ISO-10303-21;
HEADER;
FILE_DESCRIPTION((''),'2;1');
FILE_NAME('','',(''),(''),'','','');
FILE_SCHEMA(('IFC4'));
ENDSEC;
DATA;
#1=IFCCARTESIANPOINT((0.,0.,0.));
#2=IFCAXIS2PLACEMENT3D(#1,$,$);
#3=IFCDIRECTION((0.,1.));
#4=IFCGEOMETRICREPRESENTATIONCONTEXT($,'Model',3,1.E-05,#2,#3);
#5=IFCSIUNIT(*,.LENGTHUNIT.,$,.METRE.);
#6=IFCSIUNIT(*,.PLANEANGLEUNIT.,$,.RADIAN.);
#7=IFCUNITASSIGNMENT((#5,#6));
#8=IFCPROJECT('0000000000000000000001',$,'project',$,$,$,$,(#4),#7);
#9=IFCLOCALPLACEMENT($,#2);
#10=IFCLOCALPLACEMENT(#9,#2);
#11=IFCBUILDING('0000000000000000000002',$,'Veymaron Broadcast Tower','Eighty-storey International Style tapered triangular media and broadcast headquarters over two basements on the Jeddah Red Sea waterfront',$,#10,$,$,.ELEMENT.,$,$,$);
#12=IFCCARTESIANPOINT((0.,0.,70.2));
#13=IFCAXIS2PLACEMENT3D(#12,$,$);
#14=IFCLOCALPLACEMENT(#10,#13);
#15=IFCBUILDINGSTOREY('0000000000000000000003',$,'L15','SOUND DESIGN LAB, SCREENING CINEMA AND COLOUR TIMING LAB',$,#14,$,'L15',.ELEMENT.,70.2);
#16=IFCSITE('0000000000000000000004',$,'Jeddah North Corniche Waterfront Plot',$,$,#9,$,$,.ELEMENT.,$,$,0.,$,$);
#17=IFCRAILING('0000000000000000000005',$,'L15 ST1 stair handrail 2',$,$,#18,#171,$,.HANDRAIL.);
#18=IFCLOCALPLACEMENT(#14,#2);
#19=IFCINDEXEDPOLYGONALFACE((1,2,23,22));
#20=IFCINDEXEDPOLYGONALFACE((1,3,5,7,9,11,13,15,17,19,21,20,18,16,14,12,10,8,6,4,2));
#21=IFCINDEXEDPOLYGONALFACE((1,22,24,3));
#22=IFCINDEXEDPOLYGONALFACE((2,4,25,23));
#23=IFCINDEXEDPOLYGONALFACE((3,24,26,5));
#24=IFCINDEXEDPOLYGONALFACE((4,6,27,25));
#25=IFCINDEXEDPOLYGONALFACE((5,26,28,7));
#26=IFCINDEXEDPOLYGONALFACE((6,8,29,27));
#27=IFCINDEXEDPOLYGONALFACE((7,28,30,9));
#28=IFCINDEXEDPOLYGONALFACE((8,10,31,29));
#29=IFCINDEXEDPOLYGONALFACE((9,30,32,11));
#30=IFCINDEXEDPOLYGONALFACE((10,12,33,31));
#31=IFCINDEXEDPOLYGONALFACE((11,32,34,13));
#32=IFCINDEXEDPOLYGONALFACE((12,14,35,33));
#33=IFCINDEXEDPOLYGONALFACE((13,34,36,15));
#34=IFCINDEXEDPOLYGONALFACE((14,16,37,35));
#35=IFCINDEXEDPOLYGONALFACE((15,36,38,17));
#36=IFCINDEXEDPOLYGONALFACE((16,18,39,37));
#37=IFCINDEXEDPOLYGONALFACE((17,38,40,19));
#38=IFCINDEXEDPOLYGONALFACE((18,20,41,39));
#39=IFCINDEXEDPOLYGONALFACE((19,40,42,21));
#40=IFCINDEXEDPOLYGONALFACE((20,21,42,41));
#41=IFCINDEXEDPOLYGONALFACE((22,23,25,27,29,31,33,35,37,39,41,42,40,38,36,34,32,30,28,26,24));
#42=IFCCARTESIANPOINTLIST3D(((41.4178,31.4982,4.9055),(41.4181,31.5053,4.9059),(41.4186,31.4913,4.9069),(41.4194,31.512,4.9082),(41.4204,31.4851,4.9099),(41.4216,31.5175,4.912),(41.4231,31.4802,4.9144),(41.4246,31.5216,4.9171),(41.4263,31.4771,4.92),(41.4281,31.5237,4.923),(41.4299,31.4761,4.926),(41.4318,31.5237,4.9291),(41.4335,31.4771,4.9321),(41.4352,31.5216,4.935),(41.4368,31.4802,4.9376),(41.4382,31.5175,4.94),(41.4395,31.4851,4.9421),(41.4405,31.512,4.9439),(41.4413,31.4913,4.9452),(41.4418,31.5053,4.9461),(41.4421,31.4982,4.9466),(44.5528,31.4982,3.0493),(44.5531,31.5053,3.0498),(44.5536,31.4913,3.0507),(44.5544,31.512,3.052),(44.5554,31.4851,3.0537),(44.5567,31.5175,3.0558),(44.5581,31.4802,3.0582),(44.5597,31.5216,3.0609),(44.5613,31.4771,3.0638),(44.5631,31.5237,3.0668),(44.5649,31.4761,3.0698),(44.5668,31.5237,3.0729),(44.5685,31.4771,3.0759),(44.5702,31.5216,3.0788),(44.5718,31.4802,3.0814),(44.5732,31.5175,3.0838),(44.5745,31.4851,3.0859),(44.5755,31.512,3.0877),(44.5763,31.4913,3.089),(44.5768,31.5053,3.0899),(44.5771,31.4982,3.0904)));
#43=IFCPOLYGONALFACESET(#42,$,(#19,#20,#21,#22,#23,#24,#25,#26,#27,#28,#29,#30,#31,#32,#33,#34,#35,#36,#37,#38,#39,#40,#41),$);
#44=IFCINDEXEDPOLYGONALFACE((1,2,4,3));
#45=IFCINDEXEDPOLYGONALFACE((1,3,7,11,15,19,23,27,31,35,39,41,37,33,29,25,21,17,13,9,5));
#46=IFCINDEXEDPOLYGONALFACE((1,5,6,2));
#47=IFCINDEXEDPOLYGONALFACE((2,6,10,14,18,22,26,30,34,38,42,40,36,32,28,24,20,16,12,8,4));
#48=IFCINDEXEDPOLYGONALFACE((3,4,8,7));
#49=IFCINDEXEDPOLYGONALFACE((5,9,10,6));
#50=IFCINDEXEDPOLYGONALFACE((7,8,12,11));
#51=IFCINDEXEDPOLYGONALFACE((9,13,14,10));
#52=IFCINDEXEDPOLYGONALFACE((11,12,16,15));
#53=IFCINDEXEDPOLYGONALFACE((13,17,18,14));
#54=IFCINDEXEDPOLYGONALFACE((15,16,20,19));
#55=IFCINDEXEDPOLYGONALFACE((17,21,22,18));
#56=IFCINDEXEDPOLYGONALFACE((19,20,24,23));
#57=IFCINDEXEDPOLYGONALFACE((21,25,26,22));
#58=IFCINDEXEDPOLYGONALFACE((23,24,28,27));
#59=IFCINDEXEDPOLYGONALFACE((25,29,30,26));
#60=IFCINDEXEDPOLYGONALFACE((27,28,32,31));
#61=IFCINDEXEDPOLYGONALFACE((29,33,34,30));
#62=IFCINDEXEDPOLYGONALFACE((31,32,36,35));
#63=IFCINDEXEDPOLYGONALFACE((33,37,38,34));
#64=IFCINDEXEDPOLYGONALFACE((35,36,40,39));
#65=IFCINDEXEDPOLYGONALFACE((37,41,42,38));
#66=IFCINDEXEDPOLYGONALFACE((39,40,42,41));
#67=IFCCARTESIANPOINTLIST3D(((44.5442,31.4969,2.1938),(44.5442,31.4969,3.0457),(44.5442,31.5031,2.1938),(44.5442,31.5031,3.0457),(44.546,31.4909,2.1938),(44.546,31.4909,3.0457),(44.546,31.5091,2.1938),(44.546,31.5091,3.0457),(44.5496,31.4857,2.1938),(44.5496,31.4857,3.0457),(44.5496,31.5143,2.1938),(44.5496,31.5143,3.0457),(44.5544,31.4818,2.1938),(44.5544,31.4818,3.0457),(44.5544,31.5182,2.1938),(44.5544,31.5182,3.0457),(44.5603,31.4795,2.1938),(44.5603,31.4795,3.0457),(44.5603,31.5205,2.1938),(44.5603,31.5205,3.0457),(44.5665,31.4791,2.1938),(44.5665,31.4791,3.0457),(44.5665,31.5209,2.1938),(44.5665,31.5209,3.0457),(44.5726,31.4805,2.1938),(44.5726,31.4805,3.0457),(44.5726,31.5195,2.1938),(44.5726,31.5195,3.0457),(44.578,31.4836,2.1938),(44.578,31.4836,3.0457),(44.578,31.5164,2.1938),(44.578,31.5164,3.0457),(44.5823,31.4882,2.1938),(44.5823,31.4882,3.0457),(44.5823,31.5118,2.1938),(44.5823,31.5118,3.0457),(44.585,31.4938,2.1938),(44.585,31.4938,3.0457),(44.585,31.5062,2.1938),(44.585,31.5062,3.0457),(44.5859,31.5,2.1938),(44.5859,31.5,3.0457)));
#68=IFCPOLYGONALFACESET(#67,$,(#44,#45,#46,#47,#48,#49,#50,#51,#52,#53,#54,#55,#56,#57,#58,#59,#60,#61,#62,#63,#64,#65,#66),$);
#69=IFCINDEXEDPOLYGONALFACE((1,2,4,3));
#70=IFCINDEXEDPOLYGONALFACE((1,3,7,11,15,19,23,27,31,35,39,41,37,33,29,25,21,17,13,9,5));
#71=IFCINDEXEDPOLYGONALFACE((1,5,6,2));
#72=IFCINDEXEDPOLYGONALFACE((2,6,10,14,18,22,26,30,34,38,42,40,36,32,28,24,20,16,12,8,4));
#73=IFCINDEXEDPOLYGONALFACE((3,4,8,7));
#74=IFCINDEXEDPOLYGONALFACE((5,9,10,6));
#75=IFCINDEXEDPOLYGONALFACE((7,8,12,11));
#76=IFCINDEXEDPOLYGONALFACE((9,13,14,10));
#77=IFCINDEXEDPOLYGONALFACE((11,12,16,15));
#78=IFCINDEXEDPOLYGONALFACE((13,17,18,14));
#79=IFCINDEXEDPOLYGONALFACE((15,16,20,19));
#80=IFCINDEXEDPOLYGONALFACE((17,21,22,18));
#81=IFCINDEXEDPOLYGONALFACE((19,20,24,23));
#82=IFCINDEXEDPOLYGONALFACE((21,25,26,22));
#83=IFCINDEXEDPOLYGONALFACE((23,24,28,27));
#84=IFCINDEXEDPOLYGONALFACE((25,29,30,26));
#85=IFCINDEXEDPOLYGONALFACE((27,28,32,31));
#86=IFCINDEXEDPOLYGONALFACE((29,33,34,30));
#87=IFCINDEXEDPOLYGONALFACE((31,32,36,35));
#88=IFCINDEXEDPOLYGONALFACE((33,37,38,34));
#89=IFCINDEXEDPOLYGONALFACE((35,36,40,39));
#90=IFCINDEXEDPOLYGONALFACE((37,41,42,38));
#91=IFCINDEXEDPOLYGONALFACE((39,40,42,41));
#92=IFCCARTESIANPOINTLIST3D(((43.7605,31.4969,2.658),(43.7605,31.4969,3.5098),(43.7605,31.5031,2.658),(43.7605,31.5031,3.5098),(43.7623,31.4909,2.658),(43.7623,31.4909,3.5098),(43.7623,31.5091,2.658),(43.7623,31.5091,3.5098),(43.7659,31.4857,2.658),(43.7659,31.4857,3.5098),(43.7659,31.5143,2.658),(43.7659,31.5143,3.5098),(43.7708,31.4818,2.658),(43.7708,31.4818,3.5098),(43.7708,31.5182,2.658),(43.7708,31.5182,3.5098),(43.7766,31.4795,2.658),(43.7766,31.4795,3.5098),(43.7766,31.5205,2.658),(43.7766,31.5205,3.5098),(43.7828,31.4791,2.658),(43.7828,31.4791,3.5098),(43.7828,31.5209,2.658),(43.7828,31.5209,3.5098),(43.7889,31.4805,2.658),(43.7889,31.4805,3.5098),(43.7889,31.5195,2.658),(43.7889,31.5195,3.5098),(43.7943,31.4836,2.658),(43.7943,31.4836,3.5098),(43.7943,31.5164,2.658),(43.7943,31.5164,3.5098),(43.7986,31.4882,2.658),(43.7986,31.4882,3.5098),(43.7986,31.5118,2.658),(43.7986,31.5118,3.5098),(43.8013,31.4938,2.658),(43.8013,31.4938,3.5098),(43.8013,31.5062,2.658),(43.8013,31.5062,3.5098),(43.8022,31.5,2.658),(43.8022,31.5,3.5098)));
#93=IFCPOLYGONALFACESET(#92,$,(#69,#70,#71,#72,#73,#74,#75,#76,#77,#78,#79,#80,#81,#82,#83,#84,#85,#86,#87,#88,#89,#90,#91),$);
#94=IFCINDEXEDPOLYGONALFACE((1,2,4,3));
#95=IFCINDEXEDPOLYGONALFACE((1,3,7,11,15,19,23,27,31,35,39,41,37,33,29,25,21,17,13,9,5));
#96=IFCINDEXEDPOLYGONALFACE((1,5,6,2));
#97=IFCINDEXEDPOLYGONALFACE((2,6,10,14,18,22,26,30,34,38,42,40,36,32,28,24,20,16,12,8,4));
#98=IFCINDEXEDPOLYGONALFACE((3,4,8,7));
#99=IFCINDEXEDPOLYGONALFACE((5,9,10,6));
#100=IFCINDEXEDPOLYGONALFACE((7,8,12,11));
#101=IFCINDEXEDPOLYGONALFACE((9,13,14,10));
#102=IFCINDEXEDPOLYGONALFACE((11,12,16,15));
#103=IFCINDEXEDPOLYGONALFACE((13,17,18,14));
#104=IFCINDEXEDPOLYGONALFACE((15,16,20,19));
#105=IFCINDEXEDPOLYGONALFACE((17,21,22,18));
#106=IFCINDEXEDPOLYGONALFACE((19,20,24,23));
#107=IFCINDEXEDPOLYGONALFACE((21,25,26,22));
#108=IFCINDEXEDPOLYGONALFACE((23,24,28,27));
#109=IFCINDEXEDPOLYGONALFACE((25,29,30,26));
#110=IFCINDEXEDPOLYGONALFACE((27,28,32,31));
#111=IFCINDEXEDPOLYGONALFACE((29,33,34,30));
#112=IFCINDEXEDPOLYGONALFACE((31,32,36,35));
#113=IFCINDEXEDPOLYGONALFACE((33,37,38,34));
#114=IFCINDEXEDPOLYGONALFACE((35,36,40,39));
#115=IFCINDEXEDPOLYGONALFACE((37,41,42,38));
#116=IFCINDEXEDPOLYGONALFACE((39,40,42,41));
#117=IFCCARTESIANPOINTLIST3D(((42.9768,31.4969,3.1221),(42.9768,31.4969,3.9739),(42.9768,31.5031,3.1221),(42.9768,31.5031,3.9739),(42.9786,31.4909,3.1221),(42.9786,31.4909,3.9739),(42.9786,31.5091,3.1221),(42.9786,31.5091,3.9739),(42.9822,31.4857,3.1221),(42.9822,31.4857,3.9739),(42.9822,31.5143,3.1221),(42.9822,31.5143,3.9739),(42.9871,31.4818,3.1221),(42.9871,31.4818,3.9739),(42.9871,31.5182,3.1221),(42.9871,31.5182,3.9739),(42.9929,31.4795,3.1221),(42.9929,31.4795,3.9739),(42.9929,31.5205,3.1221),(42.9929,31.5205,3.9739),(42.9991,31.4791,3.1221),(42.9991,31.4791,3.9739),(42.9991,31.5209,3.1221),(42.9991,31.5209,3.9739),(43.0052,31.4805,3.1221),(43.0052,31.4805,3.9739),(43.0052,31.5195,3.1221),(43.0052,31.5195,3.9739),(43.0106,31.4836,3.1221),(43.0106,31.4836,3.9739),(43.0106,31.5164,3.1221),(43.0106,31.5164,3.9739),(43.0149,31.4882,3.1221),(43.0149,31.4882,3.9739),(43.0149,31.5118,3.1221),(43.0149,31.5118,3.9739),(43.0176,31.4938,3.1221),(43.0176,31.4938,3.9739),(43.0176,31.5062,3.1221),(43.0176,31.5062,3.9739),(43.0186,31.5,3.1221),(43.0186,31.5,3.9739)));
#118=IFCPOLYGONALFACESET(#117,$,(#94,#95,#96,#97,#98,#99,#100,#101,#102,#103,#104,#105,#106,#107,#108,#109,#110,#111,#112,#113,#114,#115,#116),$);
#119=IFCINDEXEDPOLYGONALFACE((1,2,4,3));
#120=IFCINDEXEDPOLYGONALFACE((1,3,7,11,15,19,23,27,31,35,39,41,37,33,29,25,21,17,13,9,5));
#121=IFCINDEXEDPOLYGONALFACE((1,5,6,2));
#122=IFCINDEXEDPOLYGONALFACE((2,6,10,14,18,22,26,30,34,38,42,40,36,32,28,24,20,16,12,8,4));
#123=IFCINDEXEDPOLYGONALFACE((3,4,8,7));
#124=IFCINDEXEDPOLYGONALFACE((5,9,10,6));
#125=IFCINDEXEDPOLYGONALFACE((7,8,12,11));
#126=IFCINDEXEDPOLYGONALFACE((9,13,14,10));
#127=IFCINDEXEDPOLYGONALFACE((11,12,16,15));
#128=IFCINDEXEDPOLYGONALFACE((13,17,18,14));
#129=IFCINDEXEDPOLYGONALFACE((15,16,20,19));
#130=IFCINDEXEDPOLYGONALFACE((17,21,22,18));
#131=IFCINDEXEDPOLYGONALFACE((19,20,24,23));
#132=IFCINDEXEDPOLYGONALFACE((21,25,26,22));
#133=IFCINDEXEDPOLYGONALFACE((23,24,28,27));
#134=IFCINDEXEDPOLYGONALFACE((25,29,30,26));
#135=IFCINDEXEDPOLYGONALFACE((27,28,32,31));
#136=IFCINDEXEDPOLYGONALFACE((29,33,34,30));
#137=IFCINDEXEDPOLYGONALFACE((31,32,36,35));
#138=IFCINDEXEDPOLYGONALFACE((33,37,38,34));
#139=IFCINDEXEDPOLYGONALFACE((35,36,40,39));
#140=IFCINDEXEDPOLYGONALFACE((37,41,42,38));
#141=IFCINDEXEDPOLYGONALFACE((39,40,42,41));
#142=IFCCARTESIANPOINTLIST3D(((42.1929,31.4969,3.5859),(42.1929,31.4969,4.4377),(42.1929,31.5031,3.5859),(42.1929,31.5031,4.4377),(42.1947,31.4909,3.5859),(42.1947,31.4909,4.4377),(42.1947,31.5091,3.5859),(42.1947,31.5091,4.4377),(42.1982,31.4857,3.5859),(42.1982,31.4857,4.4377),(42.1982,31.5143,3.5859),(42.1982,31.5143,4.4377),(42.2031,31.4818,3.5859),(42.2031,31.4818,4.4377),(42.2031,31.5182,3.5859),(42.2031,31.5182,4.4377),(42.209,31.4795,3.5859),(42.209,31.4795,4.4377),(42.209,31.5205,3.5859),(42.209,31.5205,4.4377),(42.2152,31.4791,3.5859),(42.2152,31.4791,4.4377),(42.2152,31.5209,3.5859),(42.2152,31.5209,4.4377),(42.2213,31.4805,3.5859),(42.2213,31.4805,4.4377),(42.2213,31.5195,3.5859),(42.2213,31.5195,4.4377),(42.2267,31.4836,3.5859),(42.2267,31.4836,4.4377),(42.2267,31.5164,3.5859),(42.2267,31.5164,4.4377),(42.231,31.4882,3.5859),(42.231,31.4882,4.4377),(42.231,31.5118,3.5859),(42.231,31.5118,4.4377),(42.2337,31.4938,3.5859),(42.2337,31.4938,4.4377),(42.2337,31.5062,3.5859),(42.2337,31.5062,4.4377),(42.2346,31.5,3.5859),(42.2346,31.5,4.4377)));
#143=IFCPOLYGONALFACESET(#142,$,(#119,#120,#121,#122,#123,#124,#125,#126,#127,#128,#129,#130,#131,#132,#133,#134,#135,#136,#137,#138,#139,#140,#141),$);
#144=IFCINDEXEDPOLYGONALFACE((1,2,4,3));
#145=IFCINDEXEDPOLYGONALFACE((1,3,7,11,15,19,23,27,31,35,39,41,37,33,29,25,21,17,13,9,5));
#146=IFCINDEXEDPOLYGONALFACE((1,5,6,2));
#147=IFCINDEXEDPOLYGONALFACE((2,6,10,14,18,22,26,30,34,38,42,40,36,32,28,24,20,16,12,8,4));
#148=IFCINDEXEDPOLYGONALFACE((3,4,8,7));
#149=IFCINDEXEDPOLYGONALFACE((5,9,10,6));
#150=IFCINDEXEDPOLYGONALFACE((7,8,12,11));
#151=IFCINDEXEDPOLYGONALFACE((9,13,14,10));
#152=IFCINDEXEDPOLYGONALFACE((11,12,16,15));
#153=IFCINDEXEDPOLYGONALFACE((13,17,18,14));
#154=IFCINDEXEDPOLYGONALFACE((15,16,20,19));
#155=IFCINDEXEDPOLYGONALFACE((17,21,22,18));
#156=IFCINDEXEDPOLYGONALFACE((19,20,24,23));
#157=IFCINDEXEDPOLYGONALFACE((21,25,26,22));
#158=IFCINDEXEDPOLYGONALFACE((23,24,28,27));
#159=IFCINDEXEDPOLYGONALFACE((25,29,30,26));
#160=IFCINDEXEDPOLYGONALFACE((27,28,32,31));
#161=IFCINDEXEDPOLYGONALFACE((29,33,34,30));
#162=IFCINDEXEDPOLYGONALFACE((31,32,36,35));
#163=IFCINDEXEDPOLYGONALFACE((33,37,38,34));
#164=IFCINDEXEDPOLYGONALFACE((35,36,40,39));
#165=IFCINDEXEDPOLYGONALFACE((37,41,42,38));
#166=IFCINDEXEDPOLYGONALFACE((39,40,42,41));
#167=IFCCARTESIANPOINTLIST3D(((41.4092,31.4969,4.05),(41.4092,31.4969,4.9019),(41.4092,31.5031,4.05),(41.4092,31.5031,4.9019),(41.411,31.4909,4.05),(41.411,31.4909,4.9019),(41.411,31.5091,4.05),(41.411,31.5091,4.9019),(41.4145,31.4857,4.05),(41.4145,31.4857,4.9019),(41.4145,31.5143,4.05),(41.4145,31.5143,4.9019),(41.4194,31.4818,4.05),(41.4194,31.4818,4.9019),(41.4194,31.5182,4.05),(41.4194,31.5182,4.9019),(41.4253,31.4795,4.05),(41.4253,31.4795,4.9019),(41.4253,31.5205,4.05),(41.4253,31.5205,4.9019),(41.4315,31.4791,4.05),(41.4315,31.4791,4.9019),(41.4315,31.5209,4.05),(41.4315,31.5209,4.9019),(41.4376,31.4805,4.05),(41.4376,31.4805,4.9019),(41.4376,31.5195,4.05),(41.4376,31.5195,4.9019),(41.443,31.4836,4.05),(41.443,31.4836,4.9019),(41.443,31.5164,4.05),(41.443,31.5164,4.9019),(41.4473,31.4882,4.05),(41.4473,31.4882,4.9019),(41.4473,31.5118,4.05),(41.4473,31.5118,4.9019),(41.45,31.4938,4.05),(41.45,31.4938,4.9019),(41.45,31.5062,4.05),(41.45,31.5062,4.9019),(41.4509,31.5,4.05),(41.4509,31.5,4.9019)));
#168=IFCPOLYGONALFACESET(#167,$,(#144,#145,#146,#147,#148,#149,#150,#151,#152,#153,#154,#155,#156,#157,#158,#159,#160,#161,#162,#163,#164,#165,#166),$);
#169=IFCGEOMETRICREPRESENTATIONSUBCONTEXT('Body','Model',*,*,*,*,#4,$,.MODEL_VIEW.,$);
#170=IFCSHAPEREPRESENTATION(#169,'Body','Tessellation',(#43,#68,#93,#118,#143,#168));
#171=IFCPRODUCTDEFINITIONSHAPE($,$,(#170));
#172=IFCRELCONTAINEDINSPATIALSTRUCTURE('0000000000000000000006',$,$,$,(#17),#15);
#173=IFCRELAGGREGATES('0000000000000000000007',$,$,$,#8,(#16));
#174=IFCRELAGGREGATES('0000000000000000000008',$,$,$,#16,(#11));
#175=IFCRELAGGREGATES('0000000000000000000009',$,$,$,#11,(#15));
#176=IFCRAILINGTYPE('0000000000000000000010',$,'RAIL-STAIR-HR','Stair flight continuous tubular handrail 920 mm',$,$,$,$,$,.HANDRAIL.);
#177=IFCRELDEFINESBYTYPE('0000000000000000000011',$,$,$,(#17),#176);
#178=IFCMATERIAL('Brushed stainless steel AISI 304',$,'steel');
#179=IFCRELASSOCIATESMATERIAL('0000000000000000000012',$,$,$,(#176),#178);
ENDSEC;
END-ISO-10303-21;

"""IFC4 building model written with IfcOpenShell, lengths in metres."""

from ifc_helpers import new_model, si_unit, direction, frame, origin, origin_2d, place, context, subcontext, project, spatial, circle, extrude, material, type_object, element, save


model = new_model("IFC4")

# Units and contexts
model_context = context("Model", 3, precision=1e-05, world=origin(), true_north=direction((0.0, 1.0)))
body_context = subcontext(model_context, "Body", "Model", "MODEL_VIEW")
ifc_project = project(units=[si_unit("LENGTHUNIT", "METRE"), si_unit("PLANEANGLEUNIT", "RADIAN")], contexts=[model_context])

# Site, building, storey
site_placement = place(None, origin())
site = spatial("IfcSite", under=ifc_project, at=site_placement, Name="Jeddah North Corniche Waterfront Plot", CompositionType="ELEMENT", RefElevation=0.0)
building_placement = place(site_placement, origin())
building = spatial("IfcBuilding", under=site, at=building_placement, Name="Veymaron Broadcast Tower", Description="Eighty-storey International Style tapered triangular media and broadcast headquarters over two basements on the Jeddah Red Sea waterfront", CompositionType="ELEMENT")
storey_placement = place(building_placement, frame((0.0, 0.0, 70.2)))
storey = spatial("IfcBuildingStorey", under=building, at=storey_placement, Name="L15", Description="SOUND DESIGN LAB, SCREENING CINEMA AND COLOUR TIMING LAB", LongName="L15", CompositionType="ELEMENT", Elevation=70.2)

# Railing
ifc_material_1 = material(Name="Brushed stainless steel AISI 304", Category="steel")
railing_type_1 = type_object("IfcRailingType", Name="RAIL-STAIR-HR", Description="Stair flight continuous tubular handrail 920 mm", PredefinedType="HANDRAIL", material=ifc_material_1)
railing_1_placement = place(storey_placement, frame((44.5649, 31.5, 2.1938)))
element("IfcRailing", 1, at=railing_1_placement, inside=storey, type_object=railing_type_1, Name="L15 ST1 stair handrail 2", PredefinedType="HANDRAIL", context=body_context, shape_type="SweptSolid", body=[
    extrude(circle(Radius=0.0239, at=origin_2d()), frame((0.0, 0.0, 0.876), z_axis=(-0.860482, 0.0, 0.509481), x_axis=(0.0, -1.0, 0.0)), (0.0, 0.0, 1.0), 3.6433),
    extrude(circle(Radius=0.021, at=origin_2d()), origin(), (0.0, 0.0, 1.0), 0.8518),
    extrude(circle(Radius=0.021, at=origin_2d()), frame((-0.7837, 0.0, 0.4641)), (0.0, 0.0, 1.0), 0.8518),
    extrude(circle(Radius=0.021, at=origin_2d()), frame((-1.5674, 0.0, 0.9282)), (0.0, 0.0, 1.0), 0.8518),
    extrude(circle(Radius=0.021, at=origin_2d()), frame((-2.3513, 0.0, 1.3921)), (0.0, 0.0, 1.0), 0.8518),
    extrude(circle(Radius=0.021, at=origin_2d()), frame((-3.135, 0.0, 1.8562)), (0.0, 0.0, 1.0), 0.8518),
])

save(model, "model.ifc")
